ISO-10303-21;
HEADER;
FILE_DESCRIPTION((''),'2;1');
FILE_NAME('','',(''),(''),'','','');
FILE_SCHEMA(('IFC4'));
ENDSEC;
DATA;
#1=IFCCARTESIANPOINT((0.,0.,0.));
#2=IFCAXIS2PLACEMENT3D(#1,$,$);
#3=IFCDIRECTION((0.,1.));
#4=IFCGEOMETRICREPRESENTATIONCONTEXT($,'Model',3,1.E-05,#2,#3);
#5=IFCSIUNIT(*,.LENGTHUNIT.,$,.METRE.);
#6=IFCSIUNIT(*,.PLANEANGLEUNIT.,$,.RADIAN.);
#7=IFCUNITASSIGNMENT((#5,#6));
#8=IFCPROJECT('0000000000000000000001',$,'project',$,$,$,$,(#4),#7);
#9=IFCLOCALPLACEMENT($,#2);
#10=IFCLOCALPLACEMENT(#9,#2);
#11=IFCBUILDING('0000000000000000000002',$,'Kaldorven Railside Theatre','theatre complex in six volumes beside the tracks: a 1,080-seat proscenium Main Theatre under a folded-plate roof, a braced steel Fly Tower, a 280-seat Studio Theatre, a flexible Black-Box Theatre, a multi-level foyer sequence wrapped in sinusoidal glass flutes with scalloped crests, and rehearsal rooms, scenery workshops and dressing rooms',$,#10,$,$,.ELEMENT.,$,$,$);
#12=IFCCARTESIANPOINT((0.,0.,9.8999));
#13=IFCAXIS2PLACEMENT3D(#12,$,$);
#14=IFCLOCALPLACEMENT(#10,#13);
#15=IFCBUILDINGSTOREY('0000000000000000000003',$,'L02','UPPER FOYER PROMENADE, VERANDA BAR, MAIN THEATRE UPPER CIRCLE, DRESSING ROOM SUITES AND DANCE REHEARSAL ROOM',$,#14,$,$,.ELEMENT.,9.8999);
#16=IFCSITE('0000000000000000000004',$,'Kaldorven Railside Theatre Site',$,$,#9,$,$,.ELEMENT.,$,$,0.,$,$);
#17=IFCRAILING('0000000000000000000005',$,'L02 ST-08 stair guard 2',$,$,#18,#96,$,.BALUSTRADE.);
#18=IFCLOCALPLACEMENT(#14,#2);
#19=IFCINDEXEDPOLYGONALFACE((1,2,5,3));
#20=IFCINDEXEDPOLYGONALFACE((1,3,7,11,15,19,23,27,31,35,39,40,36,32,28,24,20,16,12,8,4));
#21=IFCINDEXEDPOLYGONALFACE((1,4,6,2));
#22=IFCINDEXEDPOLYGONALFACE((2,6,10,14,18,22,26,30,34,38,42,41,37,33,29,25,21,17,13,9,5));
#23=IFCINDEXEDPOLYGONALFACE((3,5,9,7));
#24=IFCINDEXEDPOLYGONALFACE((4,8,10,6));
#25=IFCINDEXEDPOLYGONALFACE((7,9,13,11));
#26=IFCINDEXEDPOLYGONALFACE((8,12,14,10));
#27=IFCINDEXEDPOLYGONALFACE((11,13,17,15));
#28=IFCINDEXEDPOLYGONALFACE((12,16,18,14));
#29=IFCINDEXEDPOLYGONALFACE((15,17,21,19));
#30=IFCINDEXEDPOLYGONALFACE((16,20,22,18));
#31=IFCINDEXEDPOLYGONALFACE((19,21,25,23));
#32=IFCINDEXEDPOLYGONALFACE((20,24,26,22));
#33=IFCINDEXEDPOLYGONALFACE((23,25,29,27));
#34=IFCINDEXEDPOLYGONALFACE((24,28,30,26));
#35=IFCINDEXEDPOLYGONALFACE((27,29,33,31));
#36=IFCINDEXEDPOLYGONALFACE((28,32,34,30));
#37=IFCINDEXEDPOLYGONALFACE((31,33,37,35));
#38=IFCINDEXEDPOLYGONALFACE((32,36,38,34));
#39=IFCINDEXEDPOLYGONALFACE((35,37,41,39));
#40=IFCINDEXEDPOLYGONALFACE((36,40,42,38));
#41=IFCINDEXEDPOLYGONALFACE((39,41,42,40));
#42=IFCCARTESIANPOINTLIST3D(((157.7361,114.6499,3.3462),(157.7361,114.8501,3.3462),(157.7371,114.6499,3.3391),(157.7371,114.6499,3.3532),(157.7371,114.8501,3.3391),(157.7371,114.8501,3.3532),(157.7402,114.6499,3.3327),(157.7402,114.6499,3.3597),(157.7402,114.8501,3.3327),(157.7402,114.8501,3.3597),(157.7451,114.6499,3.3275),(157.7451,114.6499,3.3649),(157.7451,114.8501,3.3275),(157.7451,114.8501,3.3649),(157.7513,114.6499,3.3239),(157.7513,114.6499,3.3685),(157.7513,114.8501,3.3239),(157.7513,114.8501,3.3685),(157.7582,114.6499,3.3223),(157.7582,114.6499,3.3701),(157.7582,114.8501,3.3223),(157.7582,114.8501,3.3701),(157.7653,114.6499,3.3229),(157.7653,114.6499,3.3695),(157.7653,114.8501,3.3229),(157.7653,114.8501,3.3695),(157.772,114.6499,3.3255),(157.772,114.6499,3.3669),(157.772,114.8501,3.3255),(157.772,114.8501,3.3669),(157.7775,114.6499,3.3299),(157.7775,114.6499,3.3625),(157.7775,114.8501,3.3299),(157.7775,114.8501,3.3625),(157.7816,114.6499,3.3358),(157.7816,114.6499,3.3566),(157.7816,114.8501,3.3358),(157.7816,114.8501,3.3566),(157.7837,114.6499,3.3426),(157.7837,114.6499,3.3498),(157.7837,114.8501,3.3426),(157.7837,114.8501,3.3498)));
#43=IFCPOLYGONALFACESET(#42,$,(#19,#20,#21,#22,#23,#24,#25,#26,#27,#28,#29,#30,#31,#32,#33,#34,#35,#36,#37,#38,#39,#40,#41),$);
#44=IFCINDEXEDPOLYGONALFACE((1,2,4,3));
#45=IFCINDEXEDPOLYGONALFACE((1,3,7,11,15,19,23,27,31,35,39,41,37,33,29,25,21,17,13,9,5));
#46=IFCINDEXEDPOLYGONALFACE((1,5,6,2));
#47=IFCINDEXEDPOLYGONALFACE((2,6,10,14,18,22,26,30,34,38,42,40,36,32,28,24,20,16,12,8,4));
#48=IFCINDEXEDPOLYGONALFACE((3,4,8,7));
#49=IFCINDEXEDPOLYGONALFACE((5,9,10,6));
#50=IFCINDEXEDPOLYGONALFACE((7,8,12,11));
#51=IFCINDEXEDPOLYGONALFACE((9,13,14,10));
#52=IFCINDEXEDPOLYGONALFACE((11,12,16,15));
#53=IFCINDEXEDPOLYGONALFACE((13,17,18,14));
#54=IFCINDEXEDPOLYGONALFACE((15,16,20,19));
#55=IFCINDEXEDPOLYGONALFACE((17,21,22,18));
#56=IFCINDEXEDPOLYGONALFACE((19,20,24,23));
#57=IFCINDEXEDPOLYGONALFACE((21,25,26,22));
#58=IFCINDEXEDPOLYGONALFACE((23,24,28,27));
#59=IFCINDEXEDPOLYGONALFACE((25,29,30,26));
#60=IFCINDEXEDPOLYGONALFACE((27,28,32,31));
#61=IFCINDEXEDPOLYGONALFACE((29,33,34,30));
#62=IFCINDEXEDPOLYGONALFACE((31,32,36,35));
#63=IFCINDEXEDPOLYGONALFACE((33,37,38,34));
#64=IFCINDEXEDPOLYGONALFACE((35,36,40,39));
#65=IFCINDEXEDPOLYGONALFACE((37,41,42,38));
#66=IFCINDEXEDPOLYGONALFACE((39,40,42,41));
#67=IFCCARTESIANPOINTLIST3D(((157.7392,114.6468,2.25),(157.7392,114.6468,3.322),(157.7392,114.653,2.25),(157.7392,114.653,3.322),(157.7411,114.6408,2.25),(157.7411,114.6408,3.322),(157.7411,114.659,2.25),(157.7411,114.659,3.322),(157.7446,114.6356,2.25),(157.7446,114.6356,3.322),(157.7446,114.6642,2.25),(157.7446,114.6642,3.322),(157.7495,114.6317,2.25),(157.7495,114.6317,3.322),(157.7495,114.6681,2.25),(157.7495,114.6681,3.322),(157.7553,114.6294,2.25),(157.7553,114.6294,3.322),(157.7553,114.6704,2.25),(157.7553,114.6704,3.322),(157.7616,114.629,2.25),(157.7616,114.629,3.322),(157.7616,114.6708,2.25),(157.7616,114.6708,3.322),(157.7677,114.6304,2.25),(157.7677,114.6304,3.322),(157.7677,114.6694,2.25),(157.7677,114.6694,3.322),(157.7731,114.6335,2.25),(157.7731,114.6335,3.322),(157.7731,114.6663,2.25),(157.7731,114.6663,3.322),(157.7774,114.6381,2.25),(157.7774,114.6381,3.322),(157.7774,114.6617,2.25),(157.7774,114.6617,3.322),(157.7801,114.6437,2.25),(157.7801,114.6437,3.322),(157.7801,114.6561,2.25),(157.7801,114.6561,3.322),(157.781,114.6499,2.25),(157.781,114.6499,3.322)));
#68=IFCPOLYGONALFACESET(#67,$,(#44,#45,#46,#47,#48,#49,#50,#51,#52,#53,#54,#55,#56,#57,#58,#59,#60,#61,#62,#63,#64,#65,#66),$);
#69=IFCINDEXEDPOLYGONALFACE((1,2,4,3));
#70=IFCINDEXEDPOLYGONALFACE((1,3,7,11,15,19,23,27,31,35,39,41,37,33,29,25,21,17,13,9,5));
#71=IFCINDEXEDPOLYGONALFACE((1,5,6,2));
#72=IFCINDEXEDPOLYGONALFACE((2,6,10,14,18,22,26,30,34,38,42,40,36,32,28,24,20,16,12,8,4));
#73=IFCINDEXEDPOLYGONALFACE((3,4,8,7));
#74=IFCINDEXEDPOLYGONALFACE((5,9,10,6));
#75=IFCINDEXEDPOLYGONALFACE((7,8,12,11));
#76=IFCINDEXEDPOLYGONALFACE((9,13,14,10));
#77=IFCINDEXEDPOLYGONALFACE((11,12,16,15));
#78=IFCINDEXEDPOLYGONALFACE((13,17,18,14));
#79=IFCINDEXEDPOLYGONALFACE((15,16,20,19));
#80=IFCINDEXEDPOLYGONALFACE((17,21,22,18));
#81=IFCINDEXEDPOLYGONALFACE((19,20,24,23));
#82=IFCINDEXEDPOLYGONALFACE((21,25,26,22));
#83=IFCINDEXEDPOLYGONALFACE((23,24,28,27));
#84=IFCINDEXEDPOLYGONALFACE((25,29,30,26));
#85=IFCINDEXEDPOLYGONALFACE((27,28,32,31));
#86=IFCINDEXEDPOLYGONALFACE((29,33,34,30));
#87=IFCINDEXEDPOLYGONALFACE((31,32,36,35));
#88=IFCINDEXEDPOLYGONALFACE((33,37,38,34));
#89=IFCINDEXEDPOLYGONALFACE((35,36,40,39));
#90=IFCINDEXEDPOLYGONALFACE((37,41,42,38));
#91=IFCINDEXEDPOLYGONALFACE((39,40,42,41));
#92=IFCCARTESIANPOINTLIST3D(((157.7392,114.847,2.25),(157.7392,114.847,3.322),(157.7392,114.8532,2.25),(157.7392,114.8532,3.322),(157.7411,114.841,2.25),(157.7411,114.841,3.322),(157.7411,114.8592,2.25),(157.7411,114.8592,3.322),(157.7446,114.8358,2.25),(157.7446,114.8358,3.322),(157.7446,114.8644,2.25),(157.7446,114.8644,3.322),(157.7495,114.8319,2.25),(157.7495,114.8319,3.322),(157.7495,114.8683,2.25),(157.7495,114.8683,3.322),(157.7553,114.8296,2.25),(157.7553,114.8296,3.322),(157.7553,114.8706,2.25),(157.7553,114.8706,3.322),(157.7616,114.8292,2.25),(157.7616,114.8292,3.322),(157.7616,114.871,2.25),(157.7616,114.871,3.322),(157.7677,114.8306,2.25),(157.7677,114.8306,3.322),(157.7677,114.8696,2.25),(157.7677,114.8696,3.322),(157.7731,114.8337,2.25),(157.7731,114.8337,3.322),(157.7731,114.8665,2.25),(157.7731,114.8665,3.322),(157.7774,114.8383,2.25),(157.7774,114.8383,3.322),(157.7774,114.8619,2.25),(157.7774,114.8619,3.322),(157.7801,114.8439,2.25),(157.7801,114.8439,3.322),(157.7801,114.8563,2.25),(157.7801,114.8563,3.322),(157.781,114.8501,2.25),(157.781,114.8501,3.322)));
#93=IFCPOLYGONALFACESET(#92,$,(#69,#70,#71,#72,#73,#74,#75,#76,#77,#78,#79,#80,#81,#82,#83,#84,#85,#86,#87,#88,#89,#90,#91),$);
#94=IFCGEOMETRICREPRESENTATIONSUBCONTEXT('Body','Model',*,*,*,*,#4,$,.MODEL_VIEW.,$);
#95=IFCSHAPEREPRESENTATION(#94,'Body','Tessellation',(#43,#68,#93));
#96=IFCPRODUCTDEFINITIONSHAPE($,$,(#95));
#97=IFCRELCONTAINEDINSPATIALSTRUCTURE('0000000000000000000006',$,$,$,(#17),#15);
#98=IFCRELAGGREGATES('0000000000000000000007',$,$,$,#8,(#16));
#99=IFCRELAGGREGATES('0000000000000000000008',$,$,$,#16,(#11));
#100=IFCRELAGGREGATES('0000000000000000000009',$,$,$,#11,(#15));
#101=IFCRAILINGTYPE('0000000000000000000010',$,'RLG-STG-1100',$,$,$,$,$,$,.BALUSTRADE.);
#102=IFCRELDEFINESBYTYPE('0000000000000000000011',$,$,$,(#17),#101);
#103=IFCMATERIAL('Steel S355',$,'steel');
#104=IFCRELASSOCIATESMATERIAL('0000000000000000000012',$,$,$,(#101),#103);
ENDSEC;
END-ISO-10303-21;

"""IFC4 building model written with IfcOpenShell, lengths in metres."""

from ifc_helpers import new_model, si_unit, direction, frame, origin, origin_2d, place, context, subcontext, project, spatial, circle, extrude, material, type_object, element, save


model = new_model("IFC4")

# Units and contexts
model_context = context("Model", 3, precision=1e-05, world=origin(), true_north=direction((0.0, 1.0)))
body_context = subcontext(model_context, "Body", "Model", "MODEL_VIEW")
ifc_project = project(units=[si_unit("LENGTHUNIT", "METRE"), si_unit("PLANEANGLEUNIT", "RADIAN")], contexts=[model_context])

# Site, building, storey
site_placement = place(None, origin())
site = spatial("IfcSite", under=ifc_project, at=site_placement, Name="Kaldorven Railside Theatre Site", CompositionType="ELEMENT", RefElevation=0.0)
building_placement = place(site_placement, origin())
building = spatial("IfcBuilding", under=site, at=building_placement, Name="Kaldorven Railside Theatre", Description="theatre complex in six volumes beside the tracks: a 1,080-seat proscenium Main Theatre under a folded-plate roof, a braced steel Fly Tower, a 280-seat Studio Theatre, a flexible Black-Box Theatre, a multi-level foyer sequence wrapped in sinusoidal glass flutes with scalloped crests, and rehearsal rooms, scenery workshops and dressing rooms", CompositionType="ELEMENT")
storey_placement = place(building_placement, frame((0.0, 0.0, 9.8999)))
storey = spatial("IfcBuildingStorey", under=building, at=storey_placement, Name="L02", Description="UPPER FOYER PROMENADE, VERANDA BAR, MAIN THEATRE UPPER CIRCLE, DRESSING ROOM SUITES AND DANCE REHEARSAL ROOM", CompositionType="ELEMENT", Elevation=9.8999)

# Shared definitions
ifc_material_1 = material(Name="Steel S355", Category="steel")

# Railing
railing_type_1 = type_object("IfcRailingType", Name="RLG-STG-1100", PredefinedType="BALUSTRADE", material=ifc_material_1)
railing_1_placement = place(storey_placement, frame((157.76, 114.6499, 2.25)))
element("IfcRailing", 1, at=railing_1_placement, inside=storey, type_object=railing_type_1, Name="L02 ST-08 stair guard 2", PredefinedType="BALUSTRADE", context=body_context, shape_type="SweptSolid", body=[
    extrude(circle(Radius=0.0239, at=origin_2d()), frame((0.0, 0.0, 1.0962), z_axis=(0.0, 1.0, 0.0), x_axis=(-1.0, 0.0, 0.0)), (0.0, 0.0, 1.0), 0.2002),
    extrude(circle(Radius=0.021, at=origin_2d()), origin(), (0.0, 0.0, 1.0), 1.072),
    extrude(circle(Radius=0.021, at=origin_2d()), frame((0.0, 0.2002, 0.0)), (0.0, 0.0, 1.0), 1.072),
])

save(model, "model.ifc")
